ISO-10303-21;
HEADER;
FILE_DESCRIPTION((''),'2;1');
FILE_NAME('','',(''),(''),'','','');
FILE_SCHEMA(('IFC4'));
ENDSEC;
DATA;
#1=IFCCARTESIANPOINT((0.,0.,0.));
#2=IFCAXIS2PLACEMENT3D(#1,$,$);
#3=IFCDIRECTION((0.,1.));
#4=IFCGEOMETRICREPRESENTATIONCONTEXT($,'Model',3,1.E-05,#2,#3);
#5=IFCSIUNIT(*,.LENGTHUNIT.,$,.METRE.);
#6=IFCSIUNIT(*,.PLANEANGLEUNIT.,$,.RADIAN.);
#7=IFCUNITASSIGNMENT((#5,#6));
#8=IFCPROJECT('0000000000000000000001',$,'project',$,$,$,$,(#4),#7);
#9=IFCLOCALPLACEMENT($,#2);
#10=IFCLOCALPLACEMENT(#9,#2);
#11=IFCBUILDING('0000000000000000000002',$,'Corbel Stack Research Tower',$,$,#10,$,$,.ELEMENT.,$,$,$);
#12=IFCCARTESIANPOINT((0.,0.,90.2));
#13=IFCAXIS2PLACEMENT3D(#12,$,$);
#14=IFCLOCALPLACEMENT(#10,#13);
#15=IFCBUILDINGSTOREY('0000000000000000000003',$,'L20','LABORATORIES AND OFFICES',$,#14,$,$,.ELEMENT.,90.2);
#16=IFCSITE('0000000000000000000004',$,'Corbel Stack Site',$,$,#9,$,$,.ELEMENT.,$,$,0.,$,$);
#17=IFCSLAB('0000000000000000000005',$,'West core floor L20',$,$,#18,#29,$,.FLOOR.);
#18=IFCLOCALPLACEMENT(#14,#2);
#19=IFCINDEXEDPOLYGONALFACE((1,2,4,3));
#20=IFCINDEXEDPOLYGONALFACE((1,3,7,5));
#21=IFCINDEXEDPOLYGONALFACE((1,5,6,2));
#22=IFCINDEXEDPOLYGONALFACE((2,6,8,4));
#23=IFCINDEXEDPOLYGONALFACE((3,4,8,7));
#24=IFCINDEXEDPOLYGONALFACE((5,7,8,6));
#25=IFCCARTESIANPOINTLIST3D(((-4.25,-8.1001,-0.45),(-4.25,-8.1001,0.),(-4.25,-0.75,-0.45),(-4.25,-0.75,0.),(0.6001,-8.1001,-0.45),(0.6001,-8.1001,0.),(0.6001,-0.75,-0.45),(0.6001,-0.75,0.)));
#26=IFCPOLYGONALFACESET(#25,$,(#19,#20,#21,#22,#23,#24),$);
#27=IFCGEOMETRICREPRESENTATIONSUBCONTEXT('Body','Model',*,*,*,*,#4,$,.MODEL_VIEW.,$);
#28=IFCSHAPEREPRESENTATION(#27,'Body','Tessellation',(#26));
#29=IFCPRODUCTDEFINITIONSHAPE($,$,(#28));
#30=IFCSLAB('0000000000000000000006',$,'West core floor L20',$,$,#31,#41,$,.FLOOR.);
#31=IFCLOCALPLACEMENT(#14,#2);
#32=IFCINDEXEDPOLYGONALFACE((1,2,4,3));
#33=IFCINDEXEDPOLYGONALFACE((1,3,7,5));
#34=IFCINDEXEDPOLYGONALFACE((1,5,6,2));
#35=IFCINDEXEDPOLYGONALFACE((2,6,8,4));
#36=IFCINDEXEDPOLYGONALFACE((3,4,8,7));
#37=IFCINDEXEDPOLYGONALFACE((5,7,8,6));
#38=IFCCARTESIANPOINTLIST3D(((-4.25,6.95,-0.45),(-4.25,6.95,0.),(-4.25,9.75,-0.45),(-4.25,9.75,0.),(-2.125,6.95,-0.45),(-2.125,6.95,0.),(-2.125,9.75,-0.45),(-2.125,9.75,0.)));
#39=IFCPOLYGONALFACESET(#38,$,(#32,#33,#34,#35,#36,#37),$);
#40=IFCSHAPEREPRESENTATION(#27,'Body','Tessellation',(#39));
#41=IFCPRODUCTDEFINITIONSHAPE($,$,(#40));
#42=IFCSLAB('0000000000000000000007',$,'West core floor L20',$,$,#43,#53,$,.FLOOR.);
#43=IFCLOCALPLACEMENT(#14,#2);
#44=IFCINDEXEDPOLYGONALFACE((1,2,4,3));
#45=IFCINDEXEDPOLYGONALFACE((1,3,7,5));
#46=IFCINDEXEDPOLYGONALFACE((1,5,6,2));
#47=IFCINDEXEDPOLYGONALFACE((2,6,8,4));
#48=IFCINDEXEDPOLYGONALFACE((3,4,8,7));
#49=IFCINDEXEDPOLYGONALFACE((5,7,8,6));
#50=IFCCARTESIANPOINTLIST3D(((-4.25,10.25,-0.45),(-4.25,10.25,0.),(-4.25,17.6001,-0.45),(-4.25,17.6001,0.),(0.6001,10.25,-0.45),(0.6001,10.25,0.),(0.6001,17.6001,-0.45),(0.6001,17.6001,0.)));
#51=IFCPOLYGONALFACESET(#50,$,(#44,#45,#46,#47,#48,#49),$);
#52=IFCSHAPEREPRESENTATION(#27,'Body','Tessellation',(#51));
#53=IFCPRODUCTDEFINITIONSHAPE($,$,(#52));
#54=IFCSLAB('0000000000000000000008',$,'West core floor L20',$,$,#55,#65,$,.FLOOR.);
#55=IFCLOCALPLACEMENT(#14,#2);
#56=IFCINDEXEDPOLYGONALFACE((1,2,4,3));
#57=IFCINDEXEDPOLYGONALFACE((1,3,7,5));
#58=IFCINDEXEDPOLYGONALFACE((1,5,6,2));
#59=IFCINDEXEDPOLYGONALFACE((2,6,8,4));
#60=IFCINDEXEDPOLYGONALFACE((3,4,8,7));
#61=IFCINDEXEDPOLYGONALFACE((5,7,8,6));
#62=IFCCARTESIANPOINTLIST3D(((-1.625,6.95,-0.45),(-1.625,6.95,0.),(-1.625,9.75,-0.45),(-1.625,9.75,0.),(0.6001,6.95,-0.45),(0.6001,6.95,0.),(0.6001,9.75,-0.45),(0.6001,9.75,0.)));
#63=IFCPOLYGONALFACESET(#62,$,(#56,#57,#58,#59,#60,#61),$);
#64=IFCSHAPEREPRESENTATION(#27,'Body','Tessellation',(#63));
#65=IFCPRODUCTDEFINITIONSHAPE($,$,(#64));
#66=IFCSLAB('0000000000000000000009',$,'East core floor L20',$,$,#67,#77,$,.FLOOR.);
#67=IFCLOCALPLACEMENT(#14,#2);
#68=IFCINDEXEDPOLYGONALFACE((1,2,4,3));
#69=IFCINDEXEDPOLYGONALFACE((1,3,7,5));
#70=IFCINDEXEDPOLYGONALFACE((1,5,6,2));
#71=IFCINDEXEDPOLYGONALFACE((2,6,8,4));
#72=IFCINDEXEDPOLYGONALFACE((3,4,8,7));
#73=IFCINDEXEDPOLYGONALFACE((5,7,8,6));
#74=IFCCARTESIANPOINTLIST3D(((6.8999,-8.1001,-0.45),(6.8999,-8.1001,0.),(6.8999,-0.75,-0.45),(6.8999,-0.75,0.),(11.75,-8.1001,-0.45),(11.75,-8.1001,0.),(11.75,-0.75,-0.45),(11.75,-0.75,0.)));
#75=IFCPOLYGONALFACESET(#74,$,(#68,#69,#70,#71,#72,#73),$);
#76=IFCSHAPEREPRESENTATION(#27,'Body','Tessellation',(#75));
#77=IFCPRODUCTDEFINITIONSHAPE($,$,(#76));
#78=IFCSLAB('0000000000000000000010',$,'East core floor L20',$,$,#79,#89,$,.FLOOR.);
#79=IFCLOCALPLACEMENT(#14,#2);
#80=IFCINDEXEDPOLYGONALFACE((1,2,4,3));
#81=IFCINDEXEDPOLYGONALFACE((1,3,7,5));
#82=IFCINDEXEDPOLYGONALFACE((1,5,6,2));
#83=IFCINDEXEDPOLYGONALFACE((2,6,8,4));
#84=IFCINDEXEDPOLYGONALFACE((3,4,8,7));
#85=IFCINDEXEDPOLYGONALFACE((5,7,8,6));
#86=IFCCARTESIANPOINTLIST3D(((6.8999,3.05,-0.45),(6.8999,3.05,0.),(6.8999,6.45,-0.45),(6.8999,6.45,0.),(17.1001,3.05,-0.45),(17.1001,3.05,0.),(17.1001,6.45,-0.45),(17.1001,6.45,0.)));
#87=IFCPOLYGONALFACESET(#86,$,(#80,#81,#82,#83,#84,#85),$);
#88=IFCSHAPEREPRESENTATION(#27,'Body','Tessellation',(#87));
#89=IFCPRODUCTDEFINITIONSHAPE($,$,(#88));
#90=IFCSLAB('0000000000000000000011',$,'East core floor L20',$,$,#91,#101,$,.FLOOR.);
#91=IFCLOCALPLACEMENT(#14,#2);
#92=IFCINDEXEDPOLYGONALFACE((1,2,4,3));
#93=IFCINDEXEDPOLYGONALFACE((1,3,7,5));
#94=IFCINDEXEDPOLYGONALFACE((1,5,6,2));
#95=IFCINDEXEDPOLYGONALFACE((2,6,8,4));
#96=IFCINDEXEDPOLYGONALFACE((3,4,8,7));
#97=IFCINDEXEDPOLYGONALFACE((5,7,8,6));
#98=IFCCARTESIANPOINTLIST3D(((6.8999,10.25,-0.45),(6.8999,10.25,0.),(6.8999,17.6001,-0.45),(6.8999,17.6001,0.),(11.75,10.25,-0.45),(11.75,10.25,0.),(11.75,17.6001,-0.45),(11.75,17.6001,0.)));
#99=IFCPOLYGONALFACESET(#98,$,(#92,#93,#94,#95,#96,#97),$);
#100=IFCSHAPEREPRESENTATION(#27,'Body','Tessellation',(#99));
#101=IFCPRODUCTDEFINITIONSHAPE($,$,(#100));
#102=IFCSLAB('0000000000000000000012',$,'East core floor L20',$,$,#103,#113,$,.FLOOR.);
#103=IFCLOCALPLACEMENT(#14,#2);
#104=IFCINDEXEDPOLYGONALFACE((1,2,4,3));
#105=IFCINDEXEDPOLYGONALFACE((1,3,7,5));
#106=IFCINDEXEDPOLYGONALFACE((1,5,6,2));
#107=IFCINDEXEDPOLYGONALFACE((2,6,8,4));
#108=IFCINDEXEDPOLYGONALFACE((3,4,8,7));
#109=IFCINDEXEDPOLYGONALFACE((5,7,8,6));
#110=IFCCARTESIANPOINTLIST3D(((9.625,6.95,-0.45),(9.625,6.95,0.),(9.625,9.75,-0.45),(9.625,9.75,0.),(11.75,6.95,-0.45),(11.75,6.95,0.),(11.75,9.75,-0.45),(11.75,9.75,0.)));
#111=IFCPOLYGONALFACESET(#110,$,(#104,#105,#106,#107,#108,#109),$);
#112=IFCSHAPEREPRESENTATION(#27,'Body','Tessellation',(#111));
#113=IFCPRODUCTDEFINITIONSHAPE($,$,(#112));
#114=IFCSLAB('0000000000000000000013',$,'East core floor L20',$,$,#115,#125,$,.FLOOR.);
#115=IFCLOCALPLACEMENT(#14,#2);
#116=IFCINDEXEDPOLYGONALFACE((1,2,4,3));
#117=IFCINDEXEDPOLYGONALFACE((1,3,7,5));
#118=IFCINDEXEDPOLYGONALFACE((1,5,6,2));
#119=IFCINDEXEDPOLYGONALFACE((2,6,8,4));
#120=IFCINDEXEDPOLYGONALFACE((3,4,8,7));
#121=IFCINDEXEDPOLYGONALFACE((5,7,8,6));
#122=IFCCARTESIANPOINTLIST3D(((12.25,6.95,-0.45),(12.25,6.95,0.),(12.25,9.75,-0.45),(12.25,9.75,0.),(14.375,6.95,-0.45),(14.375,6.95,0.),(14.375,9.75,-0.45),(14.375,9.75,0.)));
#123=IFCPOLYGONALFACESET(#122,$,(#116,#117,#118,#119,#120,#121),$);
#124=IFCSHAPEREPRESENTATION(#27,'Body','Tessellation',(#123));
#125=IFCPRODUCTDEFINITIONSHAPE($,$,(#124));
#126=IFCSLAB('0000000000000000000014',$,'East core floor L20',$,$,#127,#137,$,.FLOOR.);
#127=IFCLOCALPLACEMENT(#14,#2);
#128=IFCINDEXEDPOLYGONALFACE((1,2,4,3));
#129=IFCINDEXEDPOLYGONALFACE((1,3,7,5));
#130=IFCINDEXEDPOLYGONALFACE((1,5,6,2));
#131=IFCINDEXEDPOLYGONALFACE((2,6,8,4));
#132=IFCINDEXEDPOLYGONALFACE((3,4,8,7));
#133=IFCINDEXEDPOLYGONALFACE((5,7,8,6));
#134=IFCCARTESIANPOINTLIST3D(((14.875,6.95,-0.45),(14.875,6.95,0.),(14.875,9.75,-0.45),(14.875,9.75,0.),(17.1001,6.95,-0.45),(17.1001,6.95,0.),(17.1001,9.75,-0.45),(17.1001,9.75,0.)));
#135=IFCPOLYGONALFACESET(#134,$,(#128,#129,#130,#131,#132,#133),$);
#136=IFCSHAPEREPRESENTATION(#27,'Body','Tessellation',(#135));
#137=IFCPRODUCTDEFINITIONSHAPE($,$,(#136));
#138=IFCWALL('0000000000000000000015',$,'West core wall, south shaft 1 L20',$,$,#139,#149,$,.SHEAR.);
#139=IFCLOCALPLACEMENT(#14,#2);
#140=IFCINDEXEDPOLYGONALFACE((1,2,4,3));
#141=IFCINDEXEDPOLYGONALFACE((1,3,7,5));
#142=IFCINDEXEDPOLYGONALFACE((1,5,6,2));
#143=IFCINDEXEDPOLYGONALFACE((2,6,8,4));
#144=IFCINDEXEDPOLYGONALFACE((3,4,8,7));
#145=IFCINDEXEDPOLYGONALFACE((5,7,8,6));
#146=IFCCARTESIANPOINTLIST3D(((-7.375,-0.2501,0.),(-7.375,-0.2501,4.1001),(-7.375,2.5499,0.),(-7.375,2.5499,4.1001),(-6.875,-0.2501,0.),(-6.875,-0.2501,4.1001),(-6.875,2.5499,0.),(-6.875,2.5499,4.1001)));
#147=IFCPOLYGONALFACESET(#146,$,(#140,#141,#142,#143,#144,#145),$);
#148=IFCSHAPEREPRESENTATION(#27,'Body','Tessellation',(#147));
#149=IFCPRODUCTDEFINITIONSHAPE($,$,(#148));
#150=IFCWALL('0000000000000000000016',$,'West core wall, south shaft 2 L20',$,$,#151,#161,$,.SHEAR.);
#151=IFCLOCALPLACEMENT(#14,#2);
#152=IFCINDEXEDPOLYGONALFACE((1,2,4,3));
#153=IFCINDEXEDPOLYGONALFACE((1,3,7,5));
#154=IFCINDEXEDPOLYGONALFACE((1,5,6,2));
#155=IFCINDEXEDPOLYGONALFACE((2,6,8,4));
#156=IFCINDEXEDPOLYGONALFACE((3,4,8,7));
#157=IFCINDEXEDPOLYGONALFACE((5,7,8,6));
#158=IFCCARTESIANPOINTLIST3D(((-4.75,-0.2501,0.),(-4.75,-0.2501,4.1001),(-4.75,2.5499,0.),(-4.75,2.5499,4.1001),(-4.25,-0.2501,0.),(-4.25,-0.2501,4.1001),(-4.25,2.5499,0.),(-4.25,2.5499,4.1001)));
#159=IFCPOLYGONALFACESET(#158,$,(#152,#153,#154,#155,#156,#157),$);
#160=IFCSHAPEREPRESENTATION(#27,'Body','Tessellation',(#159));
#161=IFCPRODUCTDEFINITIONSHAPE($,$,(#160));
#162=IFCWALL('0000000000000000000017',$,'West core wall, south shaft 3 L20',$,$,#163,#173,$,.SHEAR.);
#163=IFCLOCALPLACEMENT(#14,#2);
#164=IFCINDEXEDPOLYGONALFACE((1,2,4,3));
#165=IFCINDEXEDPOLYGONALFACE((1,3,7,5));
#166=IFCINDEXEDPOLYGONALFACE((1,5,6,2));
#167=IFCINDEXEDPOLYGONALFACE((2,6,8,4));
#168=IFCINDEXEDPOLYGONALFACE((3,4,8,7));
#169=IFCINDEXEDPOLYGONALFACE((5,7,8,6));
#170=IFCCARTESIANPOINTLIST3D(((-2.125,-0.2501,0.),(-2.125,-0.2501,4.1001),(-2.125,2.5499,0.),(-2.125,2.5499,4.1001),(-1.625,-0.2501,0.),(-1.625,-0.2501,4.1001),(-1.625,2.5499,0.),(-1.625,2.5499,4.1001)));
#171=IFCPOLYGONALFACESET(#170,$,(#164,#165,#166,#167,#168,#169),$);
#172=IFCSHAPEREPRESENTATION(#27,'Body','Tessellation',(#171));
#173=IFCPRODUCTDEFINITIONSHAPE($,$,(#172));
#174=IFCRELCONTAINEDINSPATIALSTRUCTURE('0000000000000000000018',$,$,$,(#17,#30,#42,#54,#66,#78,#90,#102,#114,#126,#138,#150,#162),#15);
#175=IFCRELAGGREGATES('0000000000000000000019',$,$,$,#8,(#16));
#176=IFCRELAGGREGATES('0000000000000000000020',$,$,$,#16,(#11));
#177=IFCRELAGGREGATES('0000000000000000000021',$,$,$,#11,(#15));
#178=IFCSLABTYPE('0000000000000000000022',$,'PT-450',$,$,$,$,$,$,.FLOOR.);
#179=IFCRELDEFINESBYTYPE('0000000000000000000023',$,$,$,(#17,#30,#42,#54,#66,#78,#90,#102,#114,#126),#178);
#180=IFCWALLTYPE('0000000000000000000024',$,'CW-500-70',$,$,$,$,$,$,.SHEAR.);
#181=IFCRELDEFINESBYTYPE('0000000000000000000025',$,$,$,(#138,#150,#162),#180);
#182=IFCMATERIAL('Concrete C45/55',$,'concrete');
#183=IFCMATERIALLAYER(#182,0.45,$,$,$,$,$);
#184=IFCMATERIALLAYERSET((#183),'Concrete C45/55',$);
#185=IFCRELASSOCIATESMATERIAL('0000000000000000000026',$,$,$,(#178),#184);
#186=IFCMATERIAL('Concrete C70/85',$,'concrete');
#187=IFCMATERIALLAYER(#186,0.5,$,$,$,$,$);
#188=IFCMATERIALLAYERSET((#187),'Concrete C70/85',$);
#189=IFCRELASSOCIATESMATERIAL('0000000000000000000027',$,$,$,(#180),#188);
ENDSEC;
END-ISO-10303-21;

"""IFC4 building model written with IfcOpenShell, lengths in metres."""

from ifc_helpers import new_model, si_unit, direction, frame, frame_2d, origin, place, context, subcontext, project, spatial, polyline, rectangle, outline, extrude, material, layer, layer_set, type_object, element, save


model = new_model("IFC4")

# Units and contexts
model_context = context("Model", 3, precision=1e-05, world=origin(), true_north=direction((0.0, 1.0)))
body_context = subcontext(model_context, "Body", "Model", "MODEL_VIEW")
ifc_project = project(units=[si_unit("LENGTHUNIT", "METRE"), si_unit("PLANEANGLEUNIT", "RADIAN")], contexts=[model_context])

# Site, building, storey
site_placement = place(None, origin())
site = spatial("IfcSite", under=ifc_project, at=site_placement, Name="Corbel Stack Site", CompositionType="ELEMENT", RefElevation=0.0)
building_placement = place(site_placement, origin())
building = spatial("IfcBuilding", under=site, at=building_placement, Name="Corbel Stack Research Tower", CompositionType="ELEMENT")
storey_placement = place(building_placement, frame((0.0, 0.0, 90.2)))
storey = spatial("IfcBuildingStorey", under=building, at=storey_placement, Name="L20", Description="LABORATORIES AND OFFICES", CompositionType="ELEMENT", Elevation=90.2)

# Slabs
ifc_material_1 = material(Name="Concrete C45/55", Category="concrete")
ifc_layer_1 = layer(ifc_material_1, 0.45)
ifc_layer_set_1 = layer_set([ifc_layer_1], Name="Concrete C45/55")
slab_type_1 = type_object("IfcSlabType", Name="PT-450", PredefinedType="FLOOR", material=ifc_layer_set_1)
slab_1_placement = place(storey_placement, frame((0.0, 0.0, -0.45)))
element("IfcSlab", 1, at=slab_1_placement, inside=storey, type_object=slab_type_1, Name="West core floor L20", PredefinedType="FLOOR", context=body_context, shape_type="SweptSolid", body=[
    extrude(outline(polyline([(0.6001, -8.1001), (0.6001, -0.75), (-4.25, -0.75), (-4.25, -8.1001), (0.6001, -8.1001)])), origin(), (0.0, 0.0, 1.0), 0.45),
])
slab_2_placement = place(storey_placement, frame((0.0, 0.0, -0.45)))
element("IfcSlab", 2, at=slab_2_placement, inside=storey, type_object=slab_type_1, Name="West core floor L20", PredefinedType="FLOOR", context=body_context, shape_type="SweptSolid", body=[
    extrude(outline(polyline([(-2.125, 6.95), (-2.125, 9.75), (-4.25, 9.75), (-4.25, 6.95), (-2.125, 6.95)])), origin(), (0.0, 0.0, 1.0), 0.45),
])
slab_3_placement = place(storey_placement, frame((0.0, 0.0, -0.45)))
element("IfcSlab", 3, at=slab_3_placement, inside=storey, type_object=slab_type_1, Name="West core floor L20", PredefinedType="FLOOR", context=body_context, shape_type="SweptSolid", body=[
    extrude(outline(polyline([(0.6001, 17.6001), (-4.25, 17.6001), (-4.25, 10.25), (0.6001, 10.25), (0.6001, 17.6001)])), origin(), (0.0, 0.0, 1.0), 0.45),
])
slab_4_placement = place(storey_placement, frame((0.0, 0.0, -0.45)))
element("IfcSlab", 4, at=slab_4_placement, inside=storey, type_object=slab_type_1, Name="West core floor L20", PredefinedType="FLOOR", context=body_context, shape_type="SweptSolid", body=[
    extrude(outline(polyline([(0.6001, 9.75), (-1.625, 9.75), (-1.625, 6.95), (0.6001, 6.95), (0.6001, 9.75)])), origin(), (0.0, 0.0, 1.0), 0.45),
])
slab_5_placement = place(storey_placement, frame((0.0, 0.0, -0.45)))
element("IfcSlab", 5, at=slab_5_placement, inside=storey, type_object=slab_type_1, Name="East core floor L20", PredefinedType="FLOOR", context=body_context, shape_type="SweptSolid", body=[
    extrude(outline(polyline([(11.75, -0.75), (6.8999, -0.75), (6.8999, -8.1001), (11.75, -8.1001), (11.75, -0.75)])), origin(), (0.0, 0.0, 1.0), 0.45),
])
slab_6_placement = place(storey_placement, frame((0.0, 0.0, -0.45)))
element("IfcSlab", 6, at=slab_6_placement, inside=storey, type_object=slab_type_1, Name="East core floor L20", PredefinedType="FLOOR", context=body_context, shape_type="SweptSolid", body=[
    extrude(outline(polyline([(6.8999, 6.45), (6.8999, 3.05), (17.1001, 3.05), (17.1001, 6.45), (6.8999, 6.45)])), origin(), (0.0, 0.0, 1.0), 0.45),
])
slab_7_placement = place(storey_placement, frame((0.0, 0.0, -0.45)))
element("IfcSlab", 7, at=slab_7_placement, inside=storey, type_object=slab_type_1, Name="East core floor L20", PredefinedType="FLOOR", context=body_context, shape_type="SweptSolid", body=[
    extrude(outline(polyline([(6.8999, 17.6001), (6.8999, 10.25), (11.75, 10.25), (11.75, 17.6001), (6.8999, 17.6001)])), origin(), (0.0, 0.0, 1.0), 0.45),
])
slab_8_placement = place(storey_placement, frame((0.0, 0.0, -0.45)))
element("IfcSlab", 8, at=slab_8_placement, inside=storey, type_object=slab_type_1, Name="East core floor L20", PredefinedType="FLOOR", context=body_context, shape_type="SweptSolid", body=[
    extrude(outline(polyline([(9.625, 6.95), (11.75, 6.95), (11.75, 9.75), (9.625, 9.75), (9.625, 6.95)])), origin(), (0.0, 0.0, 1.0), 0.45),
])
slab_9_placement = place(storey_placement, frame((0.0, 0.0, -0.45)))
element("IfcSlab", 9, at=slab_9_placement, inside=storey, type_object=slab_type_1, Name="East core floor L20", PredefinedType="FLOOR", context=body_context, shape_type="SweptSolid", body=[
    extrude(outline(polyline([(14.375, 6.95), (14.375, 9.75), (12.25, 9.75), (12.25, 6.95), (14.375, 6.95)])), origin(), (0.0, 0.0, 1.0), 0.45),
])
slab_10_placement = place(storey_placement, frame((0.0, 0.0, -0.45)))
element("IfcSlab", 10, at=slab_10_placement, inside=storey, type_object=slab_type_1, Name="East core floor L20", PredefinedType="FLOOR", context=body_context, shape_type="SweptSolid", body=[
    extrude(outline(polyline([(17.1001, 6.95), (17.1001, 9.75), (14.875, 9.75), (14.875, 6.95), (17.1001, 6.95)])), origin(), (0.0, 0.0, 1.0), 0.45),
])

# Walls
ifc_material_2 = material(Name="Concrete C70/85", Category="concrete")
ifc_layer_2 = layer(ifc_material_2, 0.5)
ifc_layer_set_2 = layer_set([ifc_layer_2], Name="Concrete C70/85")
wall_type = type_object("IfcWallType", Name="CW-500-70", PredefinedType="SHEAR", material=ifc_layer_set_2)
for number, where, z_axis, x_axis, name in (
    (11, (-7.125, -0.25, 0.0), (0.0, 0.0, 1.0), (0.0, 1.0, 0.0), "West core wall, south shaft 1 L20"),
    (12, (-4.5, -0.25, 0.0), (0.0, 0.0, 1.0), (0.0, 1.0, 0.0), "West core wall, south shaft 2 L20"),
    (13, (-1.875, -0.25, 0.0), (0.0, 0.0, 1.0), (0.0, 1.0, 0.0), "West core wall, south shaft 3 L20"),
):
    element("IfcWall", number, at=place(storey_placement, frame(where, z_axis=z_axis, x_axis=x_axis)), inside=storey, type_object=wall_type, Name=name, PredefinedType="SHEAR", context=body_context, shape_type="SweptSolid", body=[
        extrude(rectangle(XDim=2.8, YDim=0.5, at=frame_2d((1.3999, 0.0))), origin(), (0.0, 0.0, 1.0), 4.1001),
    ])

save(model, "model.ifc")
